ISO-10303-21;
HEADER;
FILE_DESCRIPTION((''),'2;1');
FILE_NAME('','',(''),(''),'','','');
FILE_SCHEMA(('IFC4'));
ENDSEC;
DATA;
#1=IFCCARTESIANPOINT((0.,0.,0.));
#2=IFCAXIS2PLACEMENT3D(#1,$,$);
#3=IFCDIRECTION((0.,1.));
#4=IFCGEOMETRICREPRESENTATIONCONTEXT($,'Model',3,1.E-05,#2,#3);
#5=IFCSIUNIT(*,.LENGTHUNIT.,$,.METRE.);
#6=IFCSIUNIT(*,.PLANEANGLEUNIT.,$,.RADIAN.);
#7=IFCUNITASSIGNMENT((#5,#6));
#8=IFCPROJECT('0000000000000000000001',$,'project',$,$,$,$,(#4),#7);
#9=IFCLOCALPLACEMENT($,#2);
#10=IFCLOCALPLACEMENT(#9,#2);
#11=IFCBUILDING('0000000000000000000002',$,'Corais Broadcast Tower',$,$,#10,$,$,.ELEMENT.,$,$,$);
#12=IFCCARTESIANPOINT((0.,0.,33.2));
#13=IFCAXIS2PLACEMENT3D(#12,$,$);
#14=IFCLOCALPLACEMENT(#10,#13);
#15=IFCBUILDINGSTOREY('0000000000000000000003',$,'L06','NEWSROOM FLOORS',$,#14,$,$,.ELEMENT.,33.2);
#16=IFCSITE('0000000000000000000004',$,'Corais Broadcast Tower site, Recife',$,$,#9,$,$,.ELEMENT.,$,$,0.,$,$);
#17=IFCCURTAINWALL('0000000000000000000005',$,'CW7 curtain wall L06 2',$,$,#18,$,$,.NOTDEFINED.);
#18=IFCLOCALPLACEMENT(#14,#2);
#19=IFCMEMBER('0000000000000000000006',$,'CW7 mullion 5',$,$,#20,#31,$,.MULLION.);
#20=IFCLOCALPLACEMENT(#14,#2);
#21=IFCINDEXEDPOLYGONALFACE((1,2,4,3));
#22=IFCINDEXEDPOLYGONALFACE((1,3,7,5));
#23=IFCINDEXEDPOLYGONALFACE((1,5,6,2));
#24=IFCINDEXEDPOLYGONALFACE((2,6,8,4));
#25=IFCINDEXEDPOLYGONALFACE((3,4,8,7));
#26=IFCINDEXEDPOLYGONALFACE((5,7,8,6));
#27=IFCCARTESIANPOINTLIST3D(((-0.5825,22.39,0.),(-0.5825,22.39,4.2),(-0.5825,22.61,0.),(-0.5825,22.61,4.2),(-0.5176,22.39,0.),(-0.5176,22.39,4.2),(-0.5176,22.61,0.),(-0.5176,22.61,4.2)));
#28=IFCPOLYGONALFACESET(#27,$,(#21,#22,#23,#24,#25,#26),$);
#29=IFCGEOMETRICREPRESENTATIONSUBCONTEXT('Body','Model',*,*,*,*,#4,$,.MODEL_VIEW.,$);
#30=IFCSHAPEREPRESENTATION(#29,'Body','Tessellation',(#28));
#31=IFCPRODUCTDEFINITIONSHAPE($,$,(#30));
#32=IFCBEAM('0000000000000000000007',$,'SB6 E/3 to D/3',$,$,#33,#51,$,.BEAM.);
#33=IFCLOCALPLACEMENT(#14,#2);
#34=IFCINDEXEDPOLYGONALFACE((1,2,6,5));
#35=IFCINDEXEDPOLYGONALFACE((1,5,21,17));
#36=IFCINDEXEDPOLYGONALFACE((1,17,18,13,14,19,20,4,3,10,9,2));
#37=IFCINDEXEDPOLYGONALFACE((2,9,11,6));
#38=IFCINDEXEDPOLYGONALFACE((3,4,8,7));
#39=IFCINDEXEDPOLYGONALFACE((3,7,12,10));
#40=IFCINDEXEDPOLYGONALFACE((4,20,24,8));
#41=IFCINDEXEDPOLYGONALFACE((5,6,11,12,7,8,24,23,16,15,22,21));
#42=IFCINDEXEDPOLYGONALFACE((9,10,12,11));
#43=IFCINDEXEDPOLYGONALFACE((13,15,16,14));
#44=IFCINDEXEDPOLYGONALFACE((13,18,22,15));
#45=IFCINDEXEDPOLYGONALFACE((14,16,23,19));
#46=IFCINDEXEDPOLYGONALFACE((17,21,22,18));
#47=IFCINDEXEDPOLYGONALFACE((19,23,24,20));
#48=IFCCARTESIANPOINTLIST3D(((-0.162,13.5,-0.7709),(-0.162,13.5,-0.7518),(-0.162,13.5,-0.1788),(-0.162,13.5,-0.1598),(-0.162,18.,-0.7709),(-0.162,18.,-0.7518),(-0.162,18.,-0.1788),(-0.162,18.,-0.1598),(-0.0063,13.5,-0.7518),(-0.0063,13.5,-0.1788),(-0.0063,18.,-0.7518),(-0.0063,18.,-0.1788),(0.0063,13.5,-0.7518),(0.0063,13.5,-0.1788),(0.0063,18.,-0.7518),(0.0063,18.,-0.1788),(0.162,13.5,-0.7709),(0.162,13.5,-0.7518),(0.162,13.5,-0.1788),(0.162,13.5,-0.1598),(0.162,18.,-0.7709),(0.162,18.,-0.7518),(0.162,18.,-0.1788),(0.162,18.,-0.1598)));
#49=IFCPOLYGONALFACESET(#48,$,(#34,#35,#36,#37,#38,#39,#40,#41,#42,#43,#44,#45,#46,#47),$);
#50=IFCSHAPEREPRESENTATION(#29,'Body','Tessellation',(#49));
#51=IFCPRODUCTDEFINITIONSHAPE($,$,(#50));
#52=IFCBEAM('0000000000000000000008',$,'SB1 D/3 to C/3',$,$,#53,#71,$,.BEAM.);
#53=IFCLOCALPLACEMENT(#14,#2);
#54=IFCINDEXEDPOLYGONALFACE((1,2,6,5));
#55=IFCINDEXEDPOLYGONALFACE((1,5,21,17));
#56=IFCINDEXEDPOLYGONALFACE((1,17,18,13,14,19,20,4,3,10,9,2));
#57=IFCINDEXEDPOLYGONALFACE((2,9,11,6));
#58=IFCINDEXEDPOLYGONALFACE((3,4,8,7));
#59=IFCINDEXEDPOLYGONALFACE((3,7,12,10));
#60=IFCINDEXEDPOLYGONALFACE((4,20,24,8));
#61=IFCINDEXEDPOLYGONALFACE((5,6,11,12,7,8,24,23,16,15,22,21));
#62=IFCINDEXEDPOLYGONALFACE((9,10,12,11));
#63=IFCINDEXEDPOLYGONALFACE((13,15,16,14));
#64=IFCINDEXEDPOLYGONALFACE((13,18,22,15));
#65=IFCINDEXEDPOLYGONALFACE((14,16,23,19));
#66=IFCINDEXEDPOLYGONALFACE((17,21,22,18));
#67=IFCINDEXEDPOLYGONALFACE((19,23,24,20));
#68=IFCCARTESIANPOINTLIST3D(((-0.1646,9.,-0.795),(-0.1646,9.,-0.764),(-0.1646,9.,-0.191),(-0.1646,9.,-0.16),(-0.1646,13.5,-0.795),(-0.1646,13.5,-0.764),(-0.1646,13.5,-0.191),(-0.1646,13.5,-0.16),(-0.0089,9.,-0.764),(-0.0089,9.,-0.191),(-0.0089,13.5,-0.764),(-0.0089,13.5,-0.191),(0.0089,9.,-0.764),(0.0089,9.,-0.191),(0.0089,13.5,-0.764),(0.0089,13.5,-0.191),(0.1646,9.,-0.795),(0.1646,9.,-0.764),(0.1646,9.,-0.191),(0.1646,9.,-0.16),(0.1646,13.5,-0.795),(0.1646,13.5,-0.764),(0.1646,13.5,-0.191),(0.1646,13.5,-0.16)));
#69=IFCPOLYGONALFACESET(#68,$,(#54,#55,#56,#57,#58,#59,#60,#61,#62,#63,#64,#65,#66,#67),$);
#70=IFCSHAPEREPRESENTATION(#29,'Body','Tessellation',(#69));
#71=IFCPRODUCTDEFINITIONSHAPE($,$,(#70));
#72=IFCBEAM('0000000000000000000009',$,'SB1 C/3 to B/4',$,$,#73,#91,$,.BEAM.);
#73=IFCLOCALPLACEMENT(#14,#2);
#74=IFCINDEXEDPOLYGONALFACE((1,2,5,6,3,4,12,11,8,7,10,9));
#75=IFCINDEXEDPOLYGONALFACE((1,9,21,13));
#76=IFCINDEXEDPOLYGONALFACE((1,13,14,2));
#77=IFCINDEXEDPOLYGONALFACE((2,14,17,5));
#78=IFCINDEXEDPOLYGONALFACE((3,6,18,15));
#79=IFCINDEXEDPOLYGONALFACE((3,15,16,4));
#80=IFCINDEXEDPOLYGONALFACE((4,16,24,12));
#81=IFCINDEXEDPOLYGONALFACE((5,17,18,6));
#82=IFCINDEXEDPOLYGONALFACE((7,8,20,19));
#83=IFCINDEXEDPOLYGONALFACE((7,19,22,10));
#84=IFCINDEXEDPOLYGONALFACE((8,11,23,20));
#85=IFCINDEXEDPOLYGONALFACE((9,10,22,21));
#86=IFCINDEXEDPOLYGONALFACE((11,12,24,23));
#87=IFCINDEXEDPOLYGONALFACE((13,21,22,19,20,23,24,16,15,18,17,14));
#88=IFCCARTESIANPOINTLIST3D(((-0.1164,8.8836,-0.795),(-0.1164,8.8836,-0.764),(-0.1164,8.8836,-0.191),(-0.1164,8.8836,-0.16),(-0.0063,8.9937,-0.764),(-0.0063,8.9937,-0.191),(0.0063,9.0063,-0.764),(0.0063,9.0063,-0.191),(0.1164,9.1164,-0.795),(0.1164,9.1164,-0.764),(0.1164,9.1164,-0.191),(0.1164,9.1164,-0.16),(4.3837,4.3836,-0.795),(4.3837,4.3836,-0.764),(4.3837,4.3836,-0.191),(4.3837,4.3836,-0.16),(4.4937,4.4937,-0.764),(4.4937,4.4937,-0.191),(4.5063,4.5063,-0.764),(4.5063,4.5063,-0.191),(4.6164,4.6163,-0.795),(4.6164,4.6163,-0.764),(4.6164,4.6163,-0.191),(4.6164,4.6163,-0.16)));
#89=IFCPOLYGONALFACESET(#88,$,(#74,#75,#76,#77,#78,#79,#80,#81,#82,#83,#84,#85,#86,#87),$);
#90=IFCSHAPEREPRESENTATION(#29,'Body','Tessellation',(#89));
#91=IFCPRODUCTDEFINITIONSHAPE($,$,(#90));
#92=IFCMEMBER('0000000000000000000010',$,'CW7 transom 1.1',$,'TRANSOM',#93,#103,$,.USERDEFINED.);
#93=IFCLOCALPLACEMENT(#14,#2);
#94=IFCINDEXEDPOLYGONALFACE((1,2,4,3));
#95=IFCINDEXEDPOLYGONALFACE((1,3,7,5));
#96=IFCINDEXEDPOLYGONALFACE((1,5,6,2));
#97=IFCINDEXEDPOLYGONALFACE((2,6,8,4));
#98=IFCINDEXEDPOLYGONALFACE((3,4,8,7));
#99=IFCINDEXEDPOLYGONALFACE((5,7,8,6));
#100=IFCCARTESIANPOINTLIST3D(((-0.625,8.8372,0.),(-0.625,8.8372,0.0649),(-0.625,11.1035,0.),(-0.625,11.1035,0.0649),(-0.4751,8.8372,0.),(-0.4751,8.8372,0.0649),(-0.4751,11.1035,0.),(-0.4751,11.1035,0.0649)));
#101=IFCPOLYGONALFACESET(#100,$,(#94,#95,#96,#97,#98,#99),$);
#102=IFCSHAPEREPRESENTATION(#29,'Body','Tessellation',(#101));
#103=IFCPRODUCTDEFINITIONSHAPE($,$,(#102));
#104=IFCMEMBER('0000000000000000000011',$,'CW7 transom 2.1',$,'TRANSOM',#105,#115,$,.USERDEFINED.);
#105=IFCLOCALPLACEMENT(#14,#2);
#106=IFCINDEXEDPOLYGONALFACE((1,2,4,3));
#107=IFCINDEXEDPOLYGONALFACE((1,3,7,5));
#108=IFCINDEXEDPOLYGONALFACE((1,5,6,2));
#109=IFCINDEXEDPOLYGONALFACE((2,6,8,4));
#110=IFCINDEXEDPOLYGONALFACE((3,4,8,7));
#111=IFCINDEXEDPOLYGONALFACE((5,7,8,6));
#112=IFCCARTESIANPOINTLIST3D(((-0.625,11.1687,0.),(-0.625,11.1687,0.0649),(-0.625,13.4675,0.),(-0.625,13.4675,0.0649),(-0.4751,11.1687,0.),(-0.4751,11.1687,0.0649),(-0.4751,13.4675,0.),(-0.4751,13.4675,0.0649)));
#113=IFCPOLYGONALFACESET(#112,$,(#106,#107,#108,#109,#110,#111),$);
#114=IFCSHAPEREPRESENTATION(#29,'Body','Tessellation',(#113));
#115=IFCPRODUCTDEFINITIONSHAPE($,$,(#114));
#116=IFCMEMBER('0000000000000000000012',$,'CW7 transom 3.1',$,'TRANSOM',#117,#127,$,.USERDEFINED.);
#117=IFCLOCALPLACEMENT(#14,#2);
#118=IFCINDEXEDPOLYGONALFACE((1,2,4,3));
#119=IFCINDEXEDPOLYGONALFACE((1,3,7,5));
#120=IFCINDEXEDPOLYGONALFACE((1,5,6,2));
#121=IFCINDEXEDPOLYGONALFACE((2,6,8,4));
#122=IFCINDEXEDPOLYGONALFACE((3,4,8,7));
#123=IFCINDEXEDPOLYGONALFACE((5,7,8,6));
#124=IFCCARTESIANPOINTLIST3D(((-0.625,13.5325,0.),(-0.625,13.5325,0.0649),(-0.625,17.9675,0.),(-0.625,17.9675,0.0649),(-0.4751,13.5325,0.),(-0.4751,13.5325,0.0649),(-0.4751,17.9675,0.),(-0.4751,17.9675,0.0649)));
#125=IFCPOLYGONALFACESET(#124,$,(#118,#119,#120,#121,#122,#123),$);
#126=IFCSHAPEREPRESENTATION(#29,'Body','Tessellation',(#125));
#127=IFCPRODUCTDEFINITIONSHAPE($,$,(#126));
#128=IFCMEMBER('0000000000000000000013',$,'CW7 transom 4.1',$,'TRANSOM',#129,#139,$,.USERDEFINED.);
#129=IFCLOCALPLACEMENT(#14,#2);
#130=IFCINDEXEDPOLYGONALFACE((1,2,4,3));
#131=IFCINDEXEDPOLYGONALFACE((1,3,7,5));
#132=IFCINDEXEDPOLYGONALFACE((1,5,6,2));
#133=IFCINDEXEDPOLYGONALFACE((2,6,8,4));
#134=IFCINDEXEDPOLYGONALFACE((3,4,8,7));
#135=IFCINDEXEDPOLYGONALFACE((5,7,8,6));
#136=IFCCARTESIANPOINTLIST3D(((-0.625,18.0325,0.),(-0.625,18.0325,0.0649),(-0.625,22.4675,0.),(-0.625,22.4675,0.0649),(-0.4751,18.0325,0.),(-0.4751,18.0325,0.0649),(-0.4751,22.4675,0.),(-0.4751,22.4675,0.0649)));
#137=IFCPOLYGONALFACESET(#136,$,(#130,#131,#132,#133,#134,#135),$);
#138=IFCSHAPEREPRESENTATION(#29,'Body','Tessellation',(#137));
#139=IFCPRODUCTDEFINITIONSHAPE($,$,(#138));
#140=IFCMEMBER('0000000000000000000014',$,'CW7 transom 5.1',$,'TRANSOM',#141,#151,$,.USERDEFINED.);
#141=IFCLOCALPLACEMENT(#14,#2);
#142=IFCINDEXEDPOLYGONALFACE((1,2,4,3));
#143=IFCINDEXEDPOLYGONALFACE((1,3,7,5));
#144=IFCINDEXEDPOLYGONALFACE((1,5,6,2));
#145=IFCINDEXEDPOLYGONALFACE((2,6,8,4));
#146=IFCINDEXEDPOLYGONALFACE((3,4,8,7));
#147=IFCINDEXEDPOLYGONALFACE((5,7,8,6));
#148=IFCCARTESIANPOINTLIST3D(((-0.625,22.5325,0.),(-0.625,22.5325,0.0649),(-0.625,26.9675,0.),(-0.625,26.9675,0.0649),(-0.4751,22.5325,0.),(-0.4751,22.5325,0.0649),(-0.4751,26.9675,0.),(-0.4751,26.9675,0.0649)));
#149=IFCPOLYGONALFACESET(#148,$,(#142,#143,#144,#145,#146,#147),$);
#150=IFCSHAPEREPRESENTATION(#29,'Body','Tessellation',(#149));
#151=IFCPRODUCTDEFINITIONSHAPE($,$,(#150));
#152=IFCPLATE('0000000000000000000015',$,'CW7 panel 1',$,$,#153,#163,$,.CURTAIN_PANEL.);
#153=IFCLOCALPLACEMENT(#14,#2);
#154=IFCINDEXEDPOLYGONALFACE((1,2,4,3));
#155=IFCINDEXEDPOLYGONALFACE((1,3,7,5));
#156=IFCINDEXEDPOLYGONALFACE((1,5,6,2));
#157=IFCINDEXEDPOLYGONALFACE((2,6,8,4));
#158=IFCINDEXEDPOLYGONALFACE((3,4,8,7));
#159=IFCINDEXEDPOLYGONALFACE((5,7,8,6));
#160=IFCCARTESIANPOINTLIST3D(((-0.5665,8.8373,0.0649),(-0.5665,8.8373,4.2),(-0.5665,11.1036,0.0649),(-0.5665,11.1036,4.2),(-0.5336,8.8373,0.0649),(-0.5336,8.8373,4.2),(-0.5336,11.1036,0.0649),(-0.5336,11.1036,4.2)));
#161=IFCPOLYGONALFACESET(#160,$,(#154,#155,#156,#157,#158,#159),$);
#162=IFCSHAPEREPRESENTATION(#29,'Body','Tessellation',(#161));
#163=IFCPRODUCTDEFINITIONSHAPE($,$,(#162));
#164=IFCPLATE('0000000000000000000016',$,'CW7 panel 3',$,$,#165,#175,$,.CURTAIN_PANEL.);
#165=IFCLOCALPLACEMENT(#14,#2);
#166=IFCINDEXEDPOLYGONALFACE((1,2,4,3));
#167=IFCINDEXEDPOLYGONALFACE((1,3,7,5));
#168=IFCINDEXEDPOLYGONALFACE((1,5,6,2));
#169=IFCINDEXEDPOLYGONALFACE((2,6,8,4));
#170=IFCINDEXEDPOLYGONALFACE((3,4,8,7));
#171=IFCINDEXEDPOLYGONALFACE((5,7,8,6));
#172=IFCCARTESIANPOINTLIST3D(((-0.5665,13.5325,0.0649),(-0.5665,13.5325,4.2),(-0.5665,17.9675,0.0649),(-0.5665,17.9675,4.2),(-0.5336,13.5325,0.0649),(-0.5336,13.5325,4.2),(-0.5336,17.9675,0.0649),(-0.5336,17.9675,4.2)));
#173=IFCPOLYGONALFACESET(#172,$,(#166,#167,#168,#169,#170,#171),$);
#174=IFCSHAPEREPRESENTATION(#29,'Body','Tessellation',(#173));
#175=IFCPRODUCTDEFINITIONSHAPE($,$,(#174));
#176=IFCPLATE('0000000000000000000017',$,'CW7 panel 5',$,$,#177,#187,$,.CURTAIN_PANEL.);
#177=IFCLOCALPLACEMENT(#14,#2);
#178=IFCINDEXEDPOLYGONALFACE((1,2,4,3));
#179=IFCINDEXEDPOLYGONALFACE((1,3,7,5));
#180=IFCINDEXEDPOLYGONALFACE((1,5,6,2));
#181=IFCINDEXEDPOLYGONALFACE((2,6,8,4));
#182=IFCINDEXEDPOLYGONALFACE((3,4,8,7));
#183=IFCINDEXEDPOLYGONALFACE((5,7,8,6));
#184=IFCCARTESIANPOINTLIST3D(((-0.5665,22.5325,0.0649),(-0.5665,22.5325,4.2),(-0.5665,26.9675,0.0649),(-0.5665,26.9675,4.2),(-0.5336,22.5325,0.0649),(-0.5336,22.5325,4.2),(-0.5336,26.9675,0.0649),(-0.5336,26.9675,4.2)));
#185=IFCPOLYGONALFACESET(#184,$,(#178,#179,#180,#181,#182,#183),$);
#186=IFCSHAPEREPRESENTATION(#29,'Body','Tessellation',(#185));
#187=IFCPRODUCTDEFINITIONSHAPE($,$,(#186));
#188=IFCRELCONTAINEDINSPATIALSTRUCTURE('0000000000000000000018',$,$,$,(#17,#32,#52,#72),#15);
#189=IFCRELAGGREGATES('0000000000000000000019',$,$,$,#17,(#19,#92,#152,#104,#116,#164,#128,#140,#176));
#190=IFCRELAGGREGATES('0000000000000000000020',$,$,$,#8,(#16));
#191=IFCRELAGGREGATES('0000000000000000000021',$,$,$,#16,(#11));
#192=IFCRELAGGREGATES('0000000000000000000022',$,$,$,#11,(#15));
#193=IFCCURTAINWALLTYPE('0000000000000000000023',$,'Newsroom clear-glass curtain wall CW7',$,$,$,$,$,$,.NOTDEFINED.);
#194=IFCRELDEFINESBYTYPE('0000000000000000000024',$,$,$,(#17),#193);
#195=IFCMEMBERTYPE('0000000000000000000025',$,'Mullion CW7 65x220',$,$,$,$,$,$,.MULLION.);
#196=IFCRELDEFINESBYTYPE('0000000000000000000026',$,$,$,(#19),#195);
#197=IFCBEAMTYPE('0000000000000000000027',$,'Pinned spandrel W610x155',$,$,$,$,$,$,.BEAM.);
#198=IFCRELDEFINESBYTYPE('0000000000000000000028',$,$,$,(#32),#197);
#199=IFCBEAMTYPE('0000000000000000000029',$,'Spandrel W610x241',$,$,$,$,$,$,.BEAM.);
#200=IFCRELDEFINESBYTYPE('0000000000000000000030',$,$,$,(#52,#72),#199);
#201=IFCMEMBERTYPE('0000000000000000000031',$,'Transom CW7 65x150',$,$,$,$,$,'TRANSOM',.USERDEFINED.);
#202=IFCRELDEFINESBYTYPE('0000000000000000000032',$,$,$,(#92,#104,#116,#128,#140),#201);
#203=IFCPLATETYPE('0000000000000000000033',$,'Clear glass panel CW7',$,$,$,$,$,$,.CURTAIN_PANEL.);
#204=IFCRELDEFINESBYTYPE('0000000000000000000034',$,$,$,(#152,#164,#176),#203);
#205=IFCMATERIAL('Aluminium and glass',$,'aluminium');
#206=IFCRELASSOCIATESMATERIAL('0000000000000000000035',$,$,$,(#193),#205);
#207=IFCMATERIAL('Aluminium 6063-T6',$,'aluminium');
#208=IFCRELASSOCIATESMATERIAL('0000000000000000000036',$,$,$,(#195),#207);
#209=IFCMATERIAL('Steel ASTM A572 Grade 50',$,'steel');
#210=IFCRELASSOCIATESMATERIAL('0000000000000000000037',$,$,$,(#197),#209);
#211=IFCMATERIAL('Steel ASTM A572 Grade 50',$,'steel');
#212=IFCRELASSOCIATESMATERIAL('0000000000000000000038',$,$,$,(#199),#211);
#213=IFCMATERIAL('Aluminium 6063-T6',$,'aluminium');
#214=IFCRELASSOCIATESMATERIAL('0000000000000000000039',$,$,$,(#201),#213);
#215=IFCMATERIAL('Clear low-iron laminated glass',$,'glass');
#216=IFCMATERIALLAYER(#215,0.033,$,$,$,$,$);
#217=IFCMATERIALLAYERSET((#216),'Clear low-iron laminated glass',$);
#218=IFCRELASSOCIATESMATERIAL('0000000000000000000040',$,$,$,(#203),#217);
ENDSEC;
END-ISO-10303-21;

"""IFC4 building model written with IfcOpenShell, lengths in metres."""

from ifc_helpers import new_model, si_unit, direction, frame, origin, origin_2d, place, context, subcontext, project, spatial, rectangle, i_section, extrude, material, layer, layer_set, material_profile, profile_set, type_object, element, aggregate, save


model = new_model("IFC4")

# Units and contexts
model_context = context("Model", 3, precision=1e-05, world=origin(), true_north=direction((0.0, 1.0)))
body_context = subcontext(model_context, "Body", "Model", "MODEL_VIEW")
ifc_project = project(units=[si_unit("LENGTHUNIT", "METRE"), si_unit("PLANEANGLEUNIT", "RADIAN")], contexts=[model_context])

# Site, building, storey
site_placement = place(None, origin())
site = spatial("IfcSite", under=ifc_project, at=site_placement, Name="Corais Broadcast Tower site, Recife", CompositionType="ELEMENT", RefElevation=0.0)
building_placement = place(site_placement, origin())
building = spatial("IfcBuilding", under=site, at=building_placement, Name="Corais Broadcast Tower", CompositionType="ELEMENT")
storey_placement = place(building_placement, frame((0.0, 0.0, 33.2)))
storey = spatial("IfcBuildingStorey", under=building, at=storey_placement, Name="L06", Description="NEWSROOM FLOORS", CompositionType="ELEMENT", Elevation=33.2)

# Shared definitions
ifc_material_1 = material(Name="Aluminium and glass", Category="aluminium")
curtain_wall_type = type_object("IfcCurtainWallType", Name="Newsroom clear-glass curtain wall CW7", PredefinedType="NOTDEFINED", material=ifc_material_1)
ifc_material_2 = material(Name="Aluminium 6063-T6", Category="aluminium")
ifc_material_profile_1 = material_profile(ifc_material_2, rectangle(XDim=0.0649, YDim=0.22, at=origin_2d()), Name="Mullion CW7 65x220")
ifc_profile_set_1 = profile_set([ifc_material_profile_1], Name="Aluminium 6063-T6")
member_type_1 = type_object("IfcMemberType", Name="Mullion CW7 65x220", PredefinedType="MULLION", material=ifc_profile_set_1)

# Curtain wall, member
curtain_wall_1_placement = place(storey_placement, origin())
curtain_wall_1 = element("IfcCurtainWall", 1, at=curtain_wall_1_placement, inside=storey, type_object=curtain_wall_type, Name="CW7 curtain wall L06 2", PredefinedType="NOTDEFINED")
member_1_placement = place(storey_placement, frame((-0.55, 22.5, 0.0), z_axis=(0.0, 0.0, 1.0), x_axis=(-1.0, 0.0, 0.0)))
member_1 = element("IfcMember", 2, at=member_1_placement, type_object=member_type_1, Name="CW7 mullion 5", PredefinedType="MULLION", context=body_context, shape_type="SweptSolid", body=[
    extrude(rectangle(XDim=0.0649, YDim=0.22, at=origin_2d()), origin(), (0.0, 0.0, 1.0), 4.2),
])

# Beams
ifc_material_3 = material(Name="Steel ASTM A572 Grade 50", Category="steel")
ifc_material_profile_2 = material_profile(ifc_material_3, i_section(OverallWidth=0.324, OverallDepth=0.6111, WebThickness=0.0127, FlangeThickness=0.019, at=origin_2d()), Name="W610x155")
ifc_profile_set_2 = profile_set([ifc_material_profile_2], Name="Steel ASTM A572 Grade 50")
beam_type_1 = type_object("IfcBeamType", Name="Pinned spandrel W610x155", PredefinedType="BEAM", material=ifc_profile_set_2)
beam_1_placement = place(storey_placement, frame((0.0, 18.0, -0.4653), z_axis=(0.0, -1.0, 0.0), x_axis=(1.0, 0.0, 0.0)))
element("IfcBeam", 3, at=beam_1_placement, inside=storey, type_object=beam_type_1, Name="SB6 E/3 to D/3", PredefinedType="BEAM", context=body_context, shape_type="SweptSolid", body=[
    extrude(i_section(OverallWidth=0.324, OverallDepth=0.6111, WebThickness=0.0127, FlangeThickness=0.019, at=origin_2d()), origin(), (0.0, 0.0, 1.0), 4.5),
])
ifc_material_4 = material(Name="Steel ASTM A572 Grade 50", Category="steel")
ifc_material_profile_3 = material_profile(ifc_material_4, i_section(OverallWidth=0.3291, OverallDepth=0.635, WebThickness=0.0178, FlangeThickness=0.031, at=origin_2d()), Name="W610x241")
ifc_profile_set_3 = profile_set([ifc_material_profile_3], Name="Steel ASTM A572 Grade 50")
beam_type_2 = type_object("IfcBeamType", Name="Spandrel W610x241", PredefinedType="BEAM", material=ifc_profile_set_3)
beam_2_placement = place(storey_placement, frame((0.0, 13.5, -0.4775), z_axis=(0.0, -1.0, 0.0), x_axis=(1.0, 0.0, 0.0)))
element("IfcBeam", 4, at=beam_2_placement, inside=storey, type_object=beam_type_2, Name="SB1 D/3 to C/3", PredefinedType="BEAM", context=body_context, shape_type="SweptSolid", body=[
    extrude(i_section(OverallWidth=0.3291, OverallDepth=0.635, WebThickness=0.0178, FlangeThickness=0.031, at=origin_2d()), origin(), (0.0, 0.0, 1.0), 4.5),
])
beam_3_placement = place(storey_placement, frame((0.0, 9.0, -0.4775), z_axis=(0.707107, -0.707107, 0.0), x_axis=(0.707107, 0.707107, 0.0)))
element("IfcBeam", 5, at=beam_3_placement, inside=storey, type_object=beam_type_2, Name="SB1 C/3 to B/4", PredefinedType="BEAM", context=body_context, shape_type="SweptSolid", body=[
    extrude(i_section(OverallWidth=0.3291, OverallDepth=0.635, WebThickness=0.0178, FlangeThickness=0.031, at=origin_2d()), origin(), (0.0, 0.0, 1.0), 6.364),
])

# Members
ifc_material_5 = material(Name="Aluminium 6063-T6", Category="aluminium")
ifc_material_profile_4 = material_profile(ifc_material_5, rectangle(XDim=0.1499, YDim=0.0649, at=origin_2d()), Name="Transom CW7 65x150")
ifc_profile_set_4 = profile_set([ifc_material_profile_4], Name="Aluminium 6063-T6")
member_type_2 = type_object("IfcMemberType", Name="Transom CW7 65x150", ElementType="TRANSOM", PredefinedType="USERDEFINED", material=ifc_profile_set_4)
member_2_placement = place(storey_placement, frame((-0.55, 8.8372, 0.0325), z_axis=(0.0, 1.0, 0.0), x_axis=(-1.0, 0.0, 0.0)))
member_2 = element("IfcMember", 6, at=member_2_placement, type_object=member_type_2, Name="CW7 transom 1.1", ObjectType="TRANSOM", PredefinedType="USERDEFINED", context=body_context, shape_type="SweptSolid", body=[
    extrude(rectangle(XDim=0.1499, YDim=0.0649, at=origin_2d()), origin(), (0.0, 0.0, 1.0), 2.2664),
])
member_3_placement = place(storey_placement, frame((-0.55, 11.1687, 0.0325), z_axis=(0.0, 1.0, 0.0), x_axis=(-1.0, 0.0, 0.0)))
member_3 = element("IfcMember", 7, at=member_3_placement, type_object=member_type_2, Name="CW7 transom 2.1", ObjectType="TRANSOM", PredefinedType="USERDEFINED", context=body_context, shape_type="SweptSolid", body=[
    extrude(rectangle(XDim=0.1499, YDim=0.0649, at=origin_2d()), origin(), (0.0, 0.0, 1.0), 2.2988),
])
member_4_placement = place(storey_placement, frame((-0.55, 13.5325, 0.0325), z_axis=(0.0, 1.0, 0.0), x_axis=(-1.0, 0.0, 0.0)))
member_4 = element("IfcMember", 8, at=member_4_placement, type_object=member_type_2, Name="CW7 transom 3.1", ObjectType="TRANSOM", PredefinedType="USERDEFINED", context=body_context, shape_type="SweptSolid", body=[
    extrude(rectangle(XDim=0.1499, YDim=0.0649, at=origin_2d()), origin(), (0.0, 0.0, 1.0), 4.4351),
])
member_5_placement = place(storey_placement, frame((-0.55, 18.0325, 0.0325), z_axis=(0.0, 1.0, 0.0), x_axis=(-1.0, 0.0, 0.0)))
member_5 = element("IfcMember", 9, at=member_5_placement, type_object=member_type_2, Name="CW7 transom 4.1", ObjectType="TRANSOM", PredefinedType="USERDEFINED", context=body_context, shape_type="SweptSolid", body=[
    extrude(rectangle(XDim=0.1499, YDim=0.0649, at=origin_2d()), origin(), (0.0, 0.0, 1.0), 4.4351),
])
member_6_placement = place(storey_placement, frame((-0.55, 22.5325, 0.0325), z_axis=(0.0, 1.0, 0.0), x_axis=(-1.0, 0.0, 0.0)))
member_6 = element("IfcMember", 10, at=member_6_placement, type_object=member_type_2, Name="CW7 transom 5.1", ObjectType="TRANSOM", PredefinedType="USERDEFINED", context=body_context, shape_type="SweptSolid", body=[
    extrude(rectangle(XDim=0.1499, YDim=0.0649, at=origin_2d()), origin(), (0.0, 0.0, 1.0), 4.4351),
])

# Plates
ifc_material_6 = material(Name="Clear low-iron laminated glass", Category="glass")
ifc_layer_1 = layer(ifc_material_6, 0.033)
ifc_layer_set_1 = layer_set([ifc_layer_1], Name="Clear low-iron laminated glass")
plate_type_1 = type_object("IfcPlateType", Name="Clear glass panel CW7", PredefinedType="CURTAIN_PANEL", material=ifc_layer_set_1)
plate_1_placement = place(storey_placement, frame((-0.55, 9.9705, 0.0649), z_axis=(0.0, 0.0, 1.0), x_axis=(0.0, 1.0, 0.0)))
plate_1 = element("IfcPlate", 11, at=plate_1_placement, type_object=plate_type_1, Name="CW7 panel 1", PredefinedType="CURTAIN_PANEL", context=body_context, shape_type="SweptSolid", body=[
    extrude(rectangle(XDim=2.2664, YDim=0.033, at=origin_2d()), origin(), (0.0, 0.0, 1.0), 4.135),
])
plate_2_placement = place(storey_placement, frame((-0.55, 15.75, 0.0649), z_axis=(0.0, 0.0, 1.0), x_axis=(0.0, 1.0, 0.0)))
plate_2 = element("IfcPlate", 12, at=plate_2_placement, type_object=plate_type_1, Name="CW7 panel 3", PredefinedType="CURTAIN_PANEL", context=body_context, shape_type="SweptSolid", body=[
    extrude(rectangle(XDim=4.4351, YDim=0.033, at=origin_2d()), origin(), (0.0, 0.0, 1.0), 4.135),
])
plate_3_placement = place(storey_placement, frame((-0.55, 24.75, 0.0649), z_axis=(0.0, 0.0, 1.0), x_axis=(0.0, 1.0, 0.0)))
plate_3 = element("IfcPlate", 13, at=plate_3_placement, type_object=plate_type_1, Name="CW7 panel 5", PredefinedType="CURTAIN_PANEL", context=body_context, shape_type="SweptSolid", body=[
    extrude(rectangle(XDim=4.4351, YDim=0.033, at=origin_2d()), origin(), (0.0, 0.0, 1.0), 4.135),
])
aggregate(curtain_wall_1, [member_1, member_2, plate_1, member_3, member_4, plate_2, member_5, member_6, plate_3])

save(model, "model.ifc")
